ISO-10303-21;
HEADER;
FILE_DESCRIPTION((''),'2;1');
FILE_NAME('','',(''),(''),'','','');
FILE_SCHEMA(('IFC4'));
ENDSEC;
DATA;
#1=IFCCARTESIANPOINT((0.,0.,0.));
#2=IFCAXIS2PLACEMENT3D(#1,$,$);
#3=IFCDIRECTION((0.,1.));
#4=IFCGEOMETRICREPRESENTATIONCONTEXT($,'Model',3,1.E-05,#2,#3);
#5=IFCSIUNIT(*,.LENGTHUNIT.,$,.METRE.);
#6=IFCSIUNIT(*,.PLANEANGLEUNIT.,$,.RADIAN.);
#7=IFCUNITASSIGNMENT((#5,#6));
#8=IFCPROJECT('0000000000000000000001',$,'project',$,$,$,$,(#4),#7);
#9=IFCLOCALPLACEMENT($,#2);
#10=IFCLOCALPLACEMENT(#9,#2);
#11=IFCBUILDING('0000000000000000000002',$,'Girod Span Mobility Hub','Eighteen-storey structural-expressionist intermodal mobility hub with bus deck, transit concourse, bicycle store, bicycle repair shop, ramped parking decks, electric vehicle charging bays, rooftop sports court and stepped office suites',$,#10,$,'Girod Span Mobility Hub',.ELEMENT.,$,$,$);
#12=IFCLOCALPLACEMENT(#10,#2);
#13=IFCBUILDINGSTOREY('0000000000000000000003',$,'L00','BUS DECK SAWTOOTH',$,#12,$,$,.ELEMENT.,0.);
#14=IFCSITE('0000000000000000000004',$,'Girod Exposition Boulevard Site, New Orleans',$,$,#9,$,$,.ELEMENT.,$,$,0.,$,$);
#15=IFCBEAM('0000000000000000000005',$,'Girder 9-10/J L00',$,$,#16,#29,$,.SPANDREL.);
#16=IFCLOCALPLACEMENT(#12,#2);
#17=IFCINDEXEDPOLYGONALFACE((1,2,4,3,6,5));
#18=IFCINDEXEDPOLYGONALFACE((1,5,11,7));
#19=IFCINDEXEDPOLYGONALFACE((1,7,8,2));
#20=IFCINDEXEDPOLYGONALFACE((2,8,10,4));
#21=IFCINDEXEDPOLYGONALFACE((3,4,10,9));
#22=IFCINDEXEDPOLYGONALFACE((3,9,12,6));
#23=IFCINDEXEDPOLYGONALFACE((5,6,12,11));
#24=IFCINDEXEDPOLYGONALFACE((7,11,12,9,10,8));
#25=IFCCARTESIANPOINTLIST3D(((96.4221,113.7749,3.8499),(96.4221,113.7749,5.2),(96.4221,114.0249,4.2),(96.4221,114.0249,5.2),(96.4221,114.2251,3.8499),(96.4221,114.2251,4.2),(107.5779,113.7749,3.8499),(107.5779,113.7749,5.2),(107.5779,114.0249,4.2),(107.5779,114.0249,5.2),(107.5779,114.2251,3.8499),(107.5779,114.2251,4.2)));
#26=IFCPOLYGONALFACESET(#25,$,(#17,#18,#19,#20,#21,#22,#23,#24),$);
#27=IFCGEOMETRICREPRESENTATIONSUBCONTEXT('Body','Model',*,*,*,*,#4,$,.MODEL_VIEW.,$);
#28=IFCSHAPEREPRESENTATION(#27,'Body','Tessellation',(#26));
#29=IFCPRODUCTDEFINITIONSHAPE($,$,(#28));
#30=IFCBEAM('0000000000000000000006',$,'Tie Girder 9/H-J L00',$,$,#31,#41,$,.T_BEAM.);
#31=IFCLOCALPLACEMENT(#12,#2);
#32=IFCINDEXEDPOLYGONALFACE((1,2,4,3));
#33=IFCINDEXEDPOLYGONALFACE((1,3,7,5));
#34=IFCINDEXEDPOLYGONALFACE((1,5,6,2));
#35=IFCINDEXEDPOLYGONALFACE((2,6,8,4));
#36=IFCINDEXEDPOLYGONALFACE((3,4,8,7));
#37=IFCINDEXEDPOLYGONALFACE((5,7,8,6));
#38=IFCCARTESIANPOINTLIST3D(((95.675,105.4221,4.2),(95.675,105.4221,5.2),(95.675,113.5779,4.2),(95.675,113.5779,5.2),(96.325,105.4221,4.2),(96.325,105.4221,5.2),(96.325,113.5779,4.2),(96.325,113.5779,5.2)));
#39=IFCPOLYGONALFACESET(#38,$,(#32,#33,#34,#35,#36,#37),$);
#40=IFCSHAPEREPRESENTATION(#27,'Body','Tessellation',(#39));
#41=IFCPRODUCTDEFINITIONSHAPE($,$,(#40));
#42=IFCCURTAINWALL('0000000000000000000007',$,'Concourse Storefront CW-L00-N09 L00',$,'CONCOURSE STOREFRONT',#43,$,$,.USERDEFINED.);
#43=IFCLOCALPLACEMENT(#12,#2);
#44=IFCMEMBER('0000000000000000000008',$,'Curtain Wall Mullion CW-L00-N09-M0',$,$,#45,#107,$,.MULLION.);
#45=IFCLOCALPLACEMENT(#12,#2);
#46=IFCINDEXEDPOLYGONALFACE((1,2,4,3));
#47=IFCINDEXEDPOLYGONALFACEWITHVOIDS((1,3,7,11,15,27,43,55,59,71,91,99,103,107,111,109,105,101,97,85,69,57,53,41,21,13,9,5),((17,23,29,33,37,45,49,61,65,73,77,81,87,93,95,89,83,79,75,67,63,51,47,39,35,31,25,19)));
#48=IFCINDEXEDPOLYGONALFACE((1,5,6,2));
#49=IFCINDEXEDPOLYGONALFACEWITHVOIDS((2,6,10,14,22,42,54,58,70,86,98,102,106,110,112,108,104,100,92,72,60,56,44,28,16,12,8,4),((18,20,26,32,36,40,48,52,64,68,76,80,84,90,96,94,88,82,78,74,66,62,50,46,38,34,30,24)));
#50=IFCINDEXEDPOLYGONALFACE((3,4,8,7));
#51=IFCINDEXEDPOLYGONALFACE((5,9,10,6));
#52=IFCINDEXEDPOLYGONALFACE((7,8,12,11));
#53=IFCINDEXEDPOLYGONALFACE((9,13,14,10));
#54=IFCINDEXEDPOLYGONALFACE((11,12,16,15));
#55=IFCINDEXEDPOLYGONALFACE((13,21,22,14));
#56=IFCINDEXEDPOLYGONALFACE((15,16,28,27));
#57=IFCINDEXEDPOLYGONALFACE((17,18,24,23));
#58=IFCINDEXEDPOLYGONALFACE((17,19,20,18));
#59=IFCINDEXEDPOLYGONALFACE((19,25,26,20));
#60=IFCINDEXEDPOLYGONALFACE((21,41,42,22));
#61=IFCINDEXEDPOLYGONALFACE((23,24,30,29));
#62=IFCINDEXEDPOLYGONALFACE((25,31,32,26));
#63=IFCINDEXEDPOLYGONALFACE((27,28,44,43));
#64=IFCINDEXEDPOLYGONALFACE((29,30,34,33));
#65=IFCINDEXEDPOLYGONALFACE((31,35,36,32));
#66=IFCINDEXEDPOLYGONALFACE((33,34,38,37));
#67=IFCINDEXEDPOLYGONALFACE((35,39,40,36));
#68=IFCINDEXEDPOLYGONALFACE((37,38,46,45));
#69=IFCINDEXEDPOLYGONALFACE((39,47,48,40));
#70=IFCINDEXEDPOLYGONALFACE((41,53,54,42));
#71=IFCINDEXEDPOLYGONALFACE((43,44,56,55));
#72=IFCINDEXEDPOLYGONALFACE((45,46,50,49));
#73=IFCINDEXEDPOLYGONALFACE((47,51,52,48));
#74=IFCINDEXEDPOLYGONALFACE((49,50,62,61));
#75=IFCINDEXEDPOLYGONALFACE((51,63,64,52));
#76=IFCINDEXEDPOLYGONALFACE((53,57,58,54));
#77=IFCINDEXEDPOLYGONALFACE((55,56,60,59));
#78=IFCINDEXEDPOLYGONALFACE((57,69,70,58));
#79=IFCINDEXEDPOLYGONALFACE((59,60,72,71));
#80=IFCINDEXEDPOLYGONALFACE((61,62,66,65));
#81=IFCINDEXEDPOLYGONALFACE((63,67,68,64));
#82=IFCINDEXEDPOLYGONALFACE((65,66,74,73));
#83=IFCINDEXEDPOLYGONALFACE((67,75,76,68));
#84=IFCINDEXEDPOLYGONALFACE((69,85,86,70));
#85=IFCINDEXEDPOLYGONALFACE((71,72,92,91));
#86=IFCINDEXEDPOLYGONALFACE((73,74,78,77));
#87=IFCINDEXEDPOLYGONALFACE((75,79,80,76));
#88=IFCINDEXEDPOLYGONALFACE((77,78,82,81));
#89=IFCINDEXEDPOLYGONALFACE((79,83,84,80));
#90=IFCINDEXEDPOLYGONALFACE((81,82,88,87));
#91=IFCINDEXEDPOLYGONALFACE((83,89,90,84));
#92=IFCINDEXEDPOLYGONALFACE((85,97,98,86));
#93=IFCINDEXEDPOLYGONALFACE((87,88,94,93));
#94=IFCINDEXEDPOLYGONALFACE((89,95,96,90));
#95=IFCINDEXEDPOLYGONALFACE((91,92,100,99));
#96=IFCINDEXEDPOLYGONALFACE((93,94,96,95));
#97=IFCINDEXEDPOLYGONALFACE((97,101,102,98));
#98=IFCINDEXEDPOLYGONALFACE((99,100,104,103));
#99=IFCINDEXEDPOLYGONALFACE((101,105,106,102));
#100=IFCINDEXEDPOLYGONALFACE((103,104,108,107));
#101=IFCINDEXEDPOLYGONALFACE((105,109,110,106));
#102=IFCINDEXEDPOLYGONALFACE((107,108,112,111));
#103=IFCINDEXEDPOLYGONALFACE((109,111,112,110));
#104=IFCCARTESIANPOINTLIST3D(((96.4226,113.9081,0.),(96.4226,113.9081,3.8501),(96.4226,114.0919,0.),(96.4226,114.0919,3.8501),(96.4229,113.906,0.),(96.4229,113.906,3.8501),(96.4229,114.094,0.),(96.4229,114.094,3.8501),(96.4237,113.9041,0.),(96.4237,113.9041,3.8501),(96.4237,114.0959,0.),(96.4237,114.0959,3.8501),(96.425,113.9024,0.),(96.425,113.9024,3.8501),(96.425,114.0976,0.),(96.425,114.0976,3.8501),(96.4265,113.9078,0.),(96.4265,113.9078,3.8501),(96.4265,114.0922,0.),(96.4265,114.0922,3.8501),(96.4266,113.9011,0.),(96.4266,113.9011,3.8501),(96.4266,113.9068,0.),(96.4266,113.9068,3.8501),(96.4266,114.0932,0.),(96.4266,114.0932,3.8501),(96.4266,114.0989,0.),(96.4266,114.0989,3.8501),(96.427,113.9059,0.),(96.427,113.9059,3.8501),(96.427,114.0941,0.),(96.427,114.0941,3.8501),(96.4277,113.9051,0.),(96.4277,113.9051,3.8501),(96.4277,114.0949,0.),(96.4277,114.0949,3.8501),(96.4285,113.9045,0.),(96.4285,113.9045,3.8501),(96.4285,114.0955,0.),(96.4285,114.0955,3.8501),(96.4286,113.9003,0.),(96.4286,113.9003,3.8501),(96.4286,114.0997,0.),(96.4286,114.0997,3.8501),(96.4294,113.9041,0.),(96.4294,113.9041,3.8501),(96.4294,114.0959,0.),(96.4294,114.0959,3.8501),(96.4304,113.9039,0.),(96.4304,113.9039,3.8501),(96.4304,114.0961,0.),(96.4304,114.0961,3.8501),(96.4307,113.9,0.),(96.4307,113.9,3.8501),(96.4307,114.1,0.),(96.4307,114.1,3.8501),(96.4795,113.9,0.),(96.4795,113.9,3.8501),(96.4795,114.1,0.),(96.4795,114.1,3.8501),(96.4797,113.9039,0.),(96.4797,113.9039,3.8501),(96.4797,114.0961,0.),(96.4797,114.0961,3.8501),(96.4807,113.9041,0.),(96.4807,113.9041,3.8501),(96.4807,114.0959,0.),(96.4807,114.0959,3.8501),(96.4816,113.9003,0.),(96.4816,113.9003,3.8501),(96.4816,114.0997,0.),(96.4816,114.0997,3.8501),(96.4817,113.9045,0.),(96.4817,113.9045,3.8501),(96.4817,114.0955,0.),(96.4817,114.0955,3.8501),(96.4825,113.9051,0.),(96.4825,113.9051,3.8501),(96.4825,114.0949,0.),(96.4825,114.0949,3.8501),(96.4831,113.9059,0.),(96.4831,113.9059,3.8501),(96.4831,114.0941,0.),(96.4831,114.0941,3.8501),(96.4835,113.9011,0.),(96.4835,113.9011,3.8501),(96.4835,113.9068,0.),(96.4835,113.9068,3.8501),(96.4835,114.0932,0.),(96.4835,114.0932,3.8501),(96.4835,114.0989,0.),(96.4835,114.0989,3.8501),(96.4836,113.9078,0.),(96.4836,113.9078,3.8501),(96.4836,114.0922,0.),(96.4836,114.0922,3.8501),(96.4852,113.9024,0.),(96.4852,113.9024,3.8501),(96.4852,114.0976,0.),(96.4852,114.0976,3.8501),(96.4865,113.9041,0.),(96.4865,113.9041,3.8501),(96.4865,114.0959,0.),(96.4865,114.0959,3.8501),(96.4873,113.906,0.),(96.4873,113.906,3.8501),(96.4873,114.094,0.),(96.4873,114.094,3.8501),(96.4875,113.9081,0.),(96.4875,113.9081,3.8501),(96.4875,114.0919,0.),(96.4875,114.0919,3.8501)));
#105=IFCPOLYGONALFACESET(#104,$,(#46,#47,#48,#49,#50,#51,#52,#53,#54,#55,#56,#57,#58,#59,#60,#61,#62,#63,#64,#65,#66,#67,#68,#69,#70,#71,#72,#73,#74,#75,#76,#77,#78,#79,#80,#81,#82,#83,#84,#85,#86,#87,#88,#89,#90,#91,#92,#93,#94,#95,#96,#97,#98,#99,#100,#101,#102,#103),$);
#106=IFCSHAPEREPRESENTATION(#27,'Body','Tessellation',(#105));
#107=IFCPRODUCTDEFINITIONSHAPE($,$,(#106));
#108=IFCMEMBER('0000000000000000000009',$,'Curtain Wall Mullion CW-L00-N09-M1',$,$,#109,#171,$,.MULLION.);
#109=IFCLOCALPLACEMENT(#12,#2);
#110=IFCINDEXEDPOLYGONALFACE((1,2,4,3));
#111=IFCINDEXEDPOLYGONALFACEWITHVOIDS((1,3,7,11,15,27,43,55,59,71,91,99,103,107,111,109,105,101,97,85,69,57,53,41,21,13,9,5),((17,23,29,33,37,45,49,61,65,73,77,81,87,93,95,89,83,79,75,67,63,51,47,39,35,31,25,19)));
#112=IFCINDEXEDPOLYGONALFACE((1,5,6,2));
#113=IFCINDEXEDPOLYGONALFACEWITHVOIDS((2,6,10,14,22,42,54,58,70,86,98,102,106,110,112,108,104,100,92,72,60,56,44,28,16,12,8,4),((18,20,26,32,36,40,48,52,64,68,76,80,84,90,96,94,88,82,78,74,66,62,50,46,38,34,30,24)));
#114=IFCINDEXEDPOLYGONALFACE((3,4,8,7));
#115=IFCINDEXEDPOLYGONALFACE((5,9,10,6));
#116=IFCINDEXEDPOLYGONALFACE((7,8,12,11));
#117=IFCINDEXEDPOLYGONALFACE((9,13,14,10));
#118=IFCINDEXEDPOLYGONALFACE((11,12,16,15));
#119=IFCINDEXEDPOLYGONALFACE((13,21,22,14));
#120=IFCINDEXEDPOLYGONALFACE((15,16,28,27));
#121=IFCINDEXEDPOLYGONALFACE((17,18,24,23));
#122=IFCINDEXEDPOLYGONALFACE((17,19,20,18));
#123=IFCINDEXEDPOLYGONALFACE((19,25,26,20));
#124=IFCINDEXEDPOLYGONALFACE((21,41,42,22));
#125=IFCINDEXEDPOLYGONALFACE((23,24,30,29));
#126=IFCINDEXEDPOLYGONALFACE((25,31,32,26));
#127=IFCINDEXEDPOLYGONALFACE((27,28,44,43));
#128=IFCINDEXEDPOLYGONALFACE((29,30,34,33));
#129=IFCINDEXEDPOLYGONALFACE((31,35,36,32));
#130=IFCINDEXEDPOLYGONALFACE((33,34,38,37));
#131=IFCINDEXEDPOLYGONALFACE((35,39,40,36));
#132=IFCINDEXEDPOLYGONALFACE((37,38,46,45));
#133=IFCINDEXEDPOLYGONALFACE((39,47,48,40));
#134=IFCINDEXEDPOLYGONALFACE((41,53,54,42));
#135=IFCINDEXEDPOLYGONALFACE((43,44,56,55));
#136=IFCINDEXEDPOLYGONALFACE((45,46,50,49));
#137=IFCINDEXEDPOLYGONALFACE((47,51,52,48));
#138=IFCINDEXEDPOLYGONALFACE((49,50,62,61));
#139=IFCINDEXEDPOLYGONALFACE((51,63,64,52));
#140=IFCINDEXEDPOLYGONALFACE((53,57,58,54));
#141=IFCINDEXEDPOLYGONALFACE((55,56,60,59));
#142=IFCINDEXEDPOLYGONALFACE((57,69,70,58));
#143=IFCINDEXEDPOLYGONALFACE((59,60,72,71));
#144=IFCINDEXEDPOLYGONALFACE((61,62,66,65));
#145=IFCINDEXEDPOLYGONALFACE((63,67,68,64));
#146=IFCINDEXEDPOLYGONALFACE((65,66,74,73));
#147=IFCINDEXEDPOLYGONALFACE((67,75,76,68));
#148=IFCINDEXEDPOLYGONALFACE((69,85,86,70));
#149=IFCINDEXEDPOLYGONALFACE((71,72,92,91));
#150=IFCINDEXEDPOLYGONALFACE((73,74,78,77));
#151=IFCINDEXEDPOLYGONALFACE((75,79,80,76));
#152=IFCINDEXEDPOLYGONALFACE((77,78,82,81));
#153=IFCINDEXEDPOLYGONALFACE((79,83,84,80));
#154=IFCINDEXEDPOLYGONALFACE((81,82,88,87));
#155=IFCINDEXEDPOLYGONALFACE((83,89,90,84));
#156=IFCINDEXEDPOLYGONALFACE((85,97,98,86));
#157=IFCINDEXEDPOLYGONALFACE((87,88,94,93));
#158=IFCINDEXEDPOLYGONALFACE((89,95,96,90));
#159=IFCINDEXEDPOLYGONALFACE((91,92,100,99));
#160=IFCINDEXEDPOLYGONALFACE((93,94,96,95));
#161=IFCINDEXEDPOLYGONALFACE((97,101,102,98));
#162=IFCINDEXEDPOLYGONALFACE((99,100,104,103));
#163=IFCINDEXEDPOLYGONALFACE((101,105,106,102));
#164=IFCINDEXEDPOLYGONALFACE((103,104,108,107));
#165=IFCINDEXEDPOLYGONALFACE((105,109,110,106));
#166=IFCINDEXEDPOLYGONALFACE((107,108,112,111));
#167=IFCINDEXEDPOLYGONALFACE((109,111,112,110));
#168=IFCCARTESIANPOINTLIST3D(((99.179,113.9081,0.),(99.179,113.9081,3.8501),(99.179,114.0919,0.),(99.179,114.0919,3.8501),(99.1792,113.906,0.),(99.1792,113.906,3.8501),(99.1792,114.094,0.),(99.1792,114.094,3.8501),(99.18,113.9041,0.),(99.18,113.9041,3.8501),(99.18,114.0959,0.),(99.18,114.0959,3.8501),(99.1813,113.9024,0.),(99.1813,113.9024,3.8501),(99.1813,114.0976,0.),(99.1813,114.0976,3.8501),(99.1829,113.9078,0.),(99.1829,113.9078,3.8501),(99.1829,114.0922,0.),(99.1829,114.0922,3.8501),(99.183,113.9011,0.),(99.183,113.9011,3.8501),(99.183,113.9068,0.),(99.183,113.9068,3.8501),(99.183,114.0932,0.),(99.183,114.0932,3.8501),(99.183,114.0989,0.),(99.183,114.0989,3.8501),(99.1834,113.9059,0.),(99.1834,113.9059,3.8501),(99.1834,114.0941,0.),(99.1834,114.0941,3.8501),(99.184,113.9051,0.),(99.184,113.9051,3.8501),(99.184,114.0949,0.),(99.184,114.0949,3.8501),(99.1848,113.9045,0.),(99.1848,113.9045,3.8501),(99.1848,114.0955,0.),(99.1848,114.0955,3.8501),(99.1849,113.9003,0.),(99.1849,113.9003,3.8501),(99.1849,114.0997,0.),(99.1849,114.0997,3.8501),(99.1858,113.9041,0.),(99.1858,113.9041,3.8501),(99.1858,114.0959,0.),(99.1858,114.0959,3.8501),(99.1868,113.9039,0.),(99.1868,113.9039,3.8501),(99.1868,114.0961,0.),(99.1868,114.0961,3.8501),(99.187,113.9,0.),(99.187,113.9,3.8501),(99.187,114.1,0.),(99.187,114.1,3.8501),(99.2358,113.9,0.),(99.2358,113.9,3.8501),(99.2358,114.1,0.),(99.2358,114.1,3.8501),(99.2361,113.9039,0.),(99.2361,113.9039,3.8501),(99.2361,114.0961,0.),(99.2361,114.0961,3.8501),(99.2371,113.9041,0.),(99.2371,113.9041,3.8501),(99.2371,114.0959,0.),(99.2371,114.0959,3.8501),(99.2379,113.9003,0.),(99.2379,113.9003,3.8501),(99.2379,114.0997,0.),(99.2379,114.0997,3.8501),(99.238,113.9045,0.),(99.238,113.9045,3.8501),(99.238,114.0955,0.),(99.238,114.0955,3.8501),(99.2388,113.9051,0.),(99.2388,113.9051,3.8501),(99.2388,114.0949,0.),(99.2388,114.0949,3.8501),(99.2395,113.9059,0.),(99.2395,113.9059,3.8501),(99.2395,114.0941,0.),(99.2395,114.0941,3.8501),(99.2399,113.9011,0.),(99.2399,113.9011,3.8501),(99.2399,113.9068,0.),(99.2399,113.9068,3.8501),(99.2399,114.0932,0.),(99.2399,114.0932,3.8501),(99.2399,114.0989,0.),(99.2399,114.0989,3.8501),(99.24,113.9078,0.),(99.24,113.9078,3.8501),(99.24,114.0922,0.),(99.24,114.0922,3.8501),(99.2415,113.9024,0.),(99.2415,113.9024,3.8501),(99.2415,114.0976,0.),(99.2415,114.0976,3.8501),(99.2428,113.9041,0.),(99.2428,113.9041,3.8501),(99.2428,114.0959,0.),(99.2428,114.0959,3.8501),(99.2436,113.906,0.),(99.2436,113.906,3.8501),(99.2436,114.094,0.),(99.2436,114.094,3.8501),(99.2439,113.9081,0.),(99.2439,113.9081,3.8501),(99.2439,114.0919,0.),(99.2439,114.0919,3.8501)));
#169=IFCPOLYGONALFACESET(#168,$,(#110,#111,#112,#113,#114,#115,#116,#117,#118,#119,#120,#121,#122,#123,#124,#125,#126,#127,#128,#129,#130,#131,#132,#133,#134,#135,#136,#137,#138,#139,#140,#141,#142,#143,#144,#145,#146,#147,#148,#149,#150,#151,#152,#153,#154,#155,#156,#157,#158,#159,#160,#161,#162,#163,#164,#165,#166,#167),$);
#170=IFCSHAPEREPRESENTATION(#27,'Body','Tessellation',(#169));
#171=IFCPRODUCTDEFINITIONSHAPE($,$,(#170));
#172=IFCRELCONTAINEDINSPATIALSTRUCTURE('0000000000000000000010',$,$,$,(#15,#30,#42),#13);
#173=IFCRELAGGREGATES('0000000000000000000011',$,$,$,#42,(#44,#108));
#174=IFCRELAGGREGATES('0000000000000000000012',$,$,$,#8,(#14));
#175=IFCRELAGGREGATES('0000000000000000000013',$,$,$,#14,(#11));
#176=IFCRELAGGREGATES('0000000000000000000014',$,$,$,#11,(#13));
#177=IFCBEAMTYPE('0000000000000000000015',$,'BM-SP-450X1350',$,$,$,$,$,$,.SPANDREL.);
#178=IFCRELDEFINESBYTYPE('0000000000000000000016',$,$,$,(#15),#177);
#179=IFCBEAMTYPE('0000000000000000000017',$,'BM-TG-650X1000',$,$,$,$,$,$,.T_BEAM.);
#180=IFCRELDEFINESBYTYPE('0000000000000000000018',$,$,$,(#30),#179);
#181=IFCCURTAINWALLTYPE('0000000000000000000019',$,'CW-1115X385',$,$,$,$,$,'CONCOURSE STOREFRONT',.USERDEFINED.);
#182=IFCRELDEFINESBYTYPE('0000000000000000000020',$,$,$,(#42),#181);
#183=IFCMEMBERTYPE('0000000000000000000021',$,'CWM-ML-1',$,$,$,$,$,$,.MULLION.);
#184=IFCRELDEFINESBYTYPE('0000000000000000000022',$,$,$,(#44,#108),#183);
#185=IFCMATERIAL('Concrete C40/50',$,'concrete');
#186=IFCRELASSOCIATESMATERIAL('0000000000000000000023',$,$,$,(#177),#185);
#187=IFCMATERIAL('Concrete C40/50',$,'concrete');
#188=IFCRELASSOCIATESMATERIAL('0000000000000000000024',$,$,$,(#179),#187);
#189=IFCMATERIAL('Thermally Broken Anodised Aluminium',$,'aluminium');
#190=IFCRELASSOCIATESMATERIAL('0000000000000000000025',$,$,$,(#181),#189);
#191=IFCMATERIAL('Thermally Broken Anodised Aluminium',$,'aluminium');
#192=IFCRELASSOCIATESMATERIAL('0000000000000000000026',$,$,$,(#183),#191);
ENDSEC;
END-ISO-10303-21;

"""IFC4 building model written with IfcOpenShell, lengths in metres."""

from ifc_helpers import new_model, si_unit, direction, frame, origin, origin_2d, place, context, subcontext, project, spatial, polyline, rectangle, hollow_rectangle, outline, extrude, material, material_profile, profile_set, type_object, element, aggregate, save


model = new_model("IFC4")

# Units and contexts
model_context = context("Model", 3, precision=1e-05, world=origin(), true_north=direction((0.0, 1.0)))
body_context = subcontext(model_context, "Body", "Model", "MODEL_VIEW")
ifc_project = project(units=[si_unit("LENGTHUNIT", "METRE"), si_unit("PLANEANGLEUNIT", "RADIAN")], contexts=[model_context])

# Site, building, storey
site_placement = place(None, origin())
site = spatial("IfcSite", under=ifc_project, at=site_placement, Name="Girod Exposition Boulevard Site, New Orleans", CompositionType="ELEMENT", RefElevation=0.0)
building_placement = place(site_placement, origin())
building = spatial("IfcBuilding", under=site, at=building_placement, Name="Girod Span Mobility Hub", Description="Eighteen-storey structural-expressionist intermodal mobility hub with bus deck, transit concourse, bicycle store, bicycle repair shop, ramped parking decks, electric vehicle charging bays, rooftop sports court and stepped office suites", LongName="Girod Span Mobility Hub", CompositionType="ELEMENT")
storey_placement = place(building_placement, origin())
storey = spatial("IfcBuildingStorey", under=building, at=storey_placement, Name="L00", Description="BUS DECK SAWTOOTH", CompositionType="ELEMENT", Elevation=0.0)

# Beams
ifc_material_1 = material(Name="Concrete C40/50", Category="concrete")
ifc_material_profile_1 = material_profile(ifc_material_1, outline(polyline([(-0.2251, -0.675), (0.2251, -0.675), (0.2251, -0.325), (0.0249, -0.325), (0.0249, 0.675), (-0.2251, 0.675), (-0.2251, -0.675)])), Name="SP-450X1350")
ifc_profile_set_1 = profile_set([ifc_material_profile_1], Name="Concrete C40/50")
beam_type_1 = type_object("IfcBeamType", Name="BM-SP-450X1350", PredefinedType="SPANDREL", material=ifc_profile_set_1)
for number, where, z_axis, x_axis, name in (
    (1, (96.4221, 114.0, 4.5249), (1.0, 0.0, 0.0), (0.0, 1.0, 0.0), "Girder 9-10/J L00"),
):
    element("IfcBeam", number, at=place(storey_placement, frame(where, z_axis=z_axis, x_axis=x_axis)), inside=storey, type_object=beam_type_1, Name=name, PredefinedType="SPANDREL", context=body_context, shape_type="SweptSolid", body=[
        extrude(outline(polyline([(-0.2251, -0.675), (0.2251, -0.675), (0.2251, -0.325), (0.0249, -0.325), (0.0249, 0.675), (-0.2251, 0.675), (-0.2251, -0.675)])), origin(), (0.0, 0.0, 1.0), 11.1558),
    ])
ifc_material_2 = material(Name="Concrete C40/50", Category="concrete")
ifc_material_profile_2 = material_profile(ifc_material_2, rectangle(XDim=0.6499, YDim=1.0, at=origin_2d()), Name="TG-650X1000")
ifc_profile_set_2 = profile_set([ifc_material_profile_2], Name="Concrete C40/50")
beam_type_2 = type_object("IfcBeamType", Name="BM-TG-650X1000", PredefinedType="T_BEAM", material=ifc_profile_set_2)
beam_placement = place(storey_placement, frame((96.0, 105.4221, 4.7), z_axis=(0.0, 1.0, 0.0), x_axis=(-1.0, 0.0, 0.0)))
element("IfcBeam", 2, at=beam_placement, inside=storey, type_object=beam_type_2, Name="Tie Girder 9/H-J L00", PredefinedType="T_BEAM", context=body_context, shape_type="SweptSolid", body=[
    extrude(rectangle(XDim=0.6499, YDim=1.0, at=origin_2d()), origin(), (0.0, 0.0, 1.0), 8.1558),
])

# Curtain wall, members
ifc_material_3 = material(Name="Thermally Broken Anodised Aluminium", Category="aluminium")
curtain_wall_type = type_object("IfcCurtainWallType", Name="CW-1115X385", ElementType="CONCOURSE STOREFRONT", PredefinedType="USERDEFINED", material=ifc_material_3)
curtain_wall_placement = place(storey_placement, origin())
curtain_wall = element("IfcCurtainWall", 3, at=curtain_wall_placement, inside=storey, type_object=curtain_wall_type, Name="Concourse Storefront CW-L00-N09 L00", ObjectType="CONCOURSE STOREFRONT", PredefinedType="USERDEFINED")
ifc_material_4 = material(Name="Thermally Broken Anodised Aluminium", Category="aluminium")
ifc_material_profile_3 = material_profile(ifc_material_4, hollow_rectangle(XDim=0.2, YDim=0.0649, WallThickness=0.0039, InnerFilletRadius=0.0039, OuterFilletRadius=0.0081, at=origin_2d()), Name="CW-ML-65X200")
ifc_profile_set_3 = profile_set([ifc_material_profile_3], Name="Thermally Broken Anodised Aluminium")
member_type_1 = type_object("IfcMemberType", Name="CWM-ML-1", PredefinedType="MULLION", material=ifc_profile_set_3)
member_1_placement = place(storey_placement, frame((96.4551, 114.0, 0.0), z_axis=(0.0, 0.0, 1.0), x_axis=(0.0, 1.0, 0.0)))
member_1 = element("IfcMember", 4, at=member_1_placement, type_object=member_type_1, Name="Curtain Wall Mullion CW-L00-N09-M0", PredefinedType="MULLION", context=body_context, shape_type="SweptSolid", body=[
    extrude(hollow_rectangle(XDim=0.2, YDim=0.0649, WallThickness=0.0039, InnerFilletRadius=0.0039, OuterFilletRadius=0.0081, at=origin_2d()), origin(), (0.0, 0.0, 1.0), 3.8501),
])
member_2_placement = place(storey_placement, frame((99.2114, 114.0, 0.0), z_axis=(0.0, 0.0, 1.0), x_axis=(0.0, 1.0, 0.0)))
member_2 = element("IfcMember", 5, at=member_2_placement, type_object=member_type_1, Name="Curtain Wall Mullion CW-L00-N09-M1", PredefinedType="MULLION", context=body_context, shape_type="SweptSolid", body=[
    extrude(hollow_rectangle(XDim=0.2, YDim=0.0649, WallThickness=0.0039, InnerFilletRadius=0.0039, OuterFilletRadius=0.0081, at=origin_2d()), origin(), (0.0, 0.0, 1.0), 3.8501),
])
aggregate(curtain_wall, [member_1, member_2])

save(model, "model.ifc")
